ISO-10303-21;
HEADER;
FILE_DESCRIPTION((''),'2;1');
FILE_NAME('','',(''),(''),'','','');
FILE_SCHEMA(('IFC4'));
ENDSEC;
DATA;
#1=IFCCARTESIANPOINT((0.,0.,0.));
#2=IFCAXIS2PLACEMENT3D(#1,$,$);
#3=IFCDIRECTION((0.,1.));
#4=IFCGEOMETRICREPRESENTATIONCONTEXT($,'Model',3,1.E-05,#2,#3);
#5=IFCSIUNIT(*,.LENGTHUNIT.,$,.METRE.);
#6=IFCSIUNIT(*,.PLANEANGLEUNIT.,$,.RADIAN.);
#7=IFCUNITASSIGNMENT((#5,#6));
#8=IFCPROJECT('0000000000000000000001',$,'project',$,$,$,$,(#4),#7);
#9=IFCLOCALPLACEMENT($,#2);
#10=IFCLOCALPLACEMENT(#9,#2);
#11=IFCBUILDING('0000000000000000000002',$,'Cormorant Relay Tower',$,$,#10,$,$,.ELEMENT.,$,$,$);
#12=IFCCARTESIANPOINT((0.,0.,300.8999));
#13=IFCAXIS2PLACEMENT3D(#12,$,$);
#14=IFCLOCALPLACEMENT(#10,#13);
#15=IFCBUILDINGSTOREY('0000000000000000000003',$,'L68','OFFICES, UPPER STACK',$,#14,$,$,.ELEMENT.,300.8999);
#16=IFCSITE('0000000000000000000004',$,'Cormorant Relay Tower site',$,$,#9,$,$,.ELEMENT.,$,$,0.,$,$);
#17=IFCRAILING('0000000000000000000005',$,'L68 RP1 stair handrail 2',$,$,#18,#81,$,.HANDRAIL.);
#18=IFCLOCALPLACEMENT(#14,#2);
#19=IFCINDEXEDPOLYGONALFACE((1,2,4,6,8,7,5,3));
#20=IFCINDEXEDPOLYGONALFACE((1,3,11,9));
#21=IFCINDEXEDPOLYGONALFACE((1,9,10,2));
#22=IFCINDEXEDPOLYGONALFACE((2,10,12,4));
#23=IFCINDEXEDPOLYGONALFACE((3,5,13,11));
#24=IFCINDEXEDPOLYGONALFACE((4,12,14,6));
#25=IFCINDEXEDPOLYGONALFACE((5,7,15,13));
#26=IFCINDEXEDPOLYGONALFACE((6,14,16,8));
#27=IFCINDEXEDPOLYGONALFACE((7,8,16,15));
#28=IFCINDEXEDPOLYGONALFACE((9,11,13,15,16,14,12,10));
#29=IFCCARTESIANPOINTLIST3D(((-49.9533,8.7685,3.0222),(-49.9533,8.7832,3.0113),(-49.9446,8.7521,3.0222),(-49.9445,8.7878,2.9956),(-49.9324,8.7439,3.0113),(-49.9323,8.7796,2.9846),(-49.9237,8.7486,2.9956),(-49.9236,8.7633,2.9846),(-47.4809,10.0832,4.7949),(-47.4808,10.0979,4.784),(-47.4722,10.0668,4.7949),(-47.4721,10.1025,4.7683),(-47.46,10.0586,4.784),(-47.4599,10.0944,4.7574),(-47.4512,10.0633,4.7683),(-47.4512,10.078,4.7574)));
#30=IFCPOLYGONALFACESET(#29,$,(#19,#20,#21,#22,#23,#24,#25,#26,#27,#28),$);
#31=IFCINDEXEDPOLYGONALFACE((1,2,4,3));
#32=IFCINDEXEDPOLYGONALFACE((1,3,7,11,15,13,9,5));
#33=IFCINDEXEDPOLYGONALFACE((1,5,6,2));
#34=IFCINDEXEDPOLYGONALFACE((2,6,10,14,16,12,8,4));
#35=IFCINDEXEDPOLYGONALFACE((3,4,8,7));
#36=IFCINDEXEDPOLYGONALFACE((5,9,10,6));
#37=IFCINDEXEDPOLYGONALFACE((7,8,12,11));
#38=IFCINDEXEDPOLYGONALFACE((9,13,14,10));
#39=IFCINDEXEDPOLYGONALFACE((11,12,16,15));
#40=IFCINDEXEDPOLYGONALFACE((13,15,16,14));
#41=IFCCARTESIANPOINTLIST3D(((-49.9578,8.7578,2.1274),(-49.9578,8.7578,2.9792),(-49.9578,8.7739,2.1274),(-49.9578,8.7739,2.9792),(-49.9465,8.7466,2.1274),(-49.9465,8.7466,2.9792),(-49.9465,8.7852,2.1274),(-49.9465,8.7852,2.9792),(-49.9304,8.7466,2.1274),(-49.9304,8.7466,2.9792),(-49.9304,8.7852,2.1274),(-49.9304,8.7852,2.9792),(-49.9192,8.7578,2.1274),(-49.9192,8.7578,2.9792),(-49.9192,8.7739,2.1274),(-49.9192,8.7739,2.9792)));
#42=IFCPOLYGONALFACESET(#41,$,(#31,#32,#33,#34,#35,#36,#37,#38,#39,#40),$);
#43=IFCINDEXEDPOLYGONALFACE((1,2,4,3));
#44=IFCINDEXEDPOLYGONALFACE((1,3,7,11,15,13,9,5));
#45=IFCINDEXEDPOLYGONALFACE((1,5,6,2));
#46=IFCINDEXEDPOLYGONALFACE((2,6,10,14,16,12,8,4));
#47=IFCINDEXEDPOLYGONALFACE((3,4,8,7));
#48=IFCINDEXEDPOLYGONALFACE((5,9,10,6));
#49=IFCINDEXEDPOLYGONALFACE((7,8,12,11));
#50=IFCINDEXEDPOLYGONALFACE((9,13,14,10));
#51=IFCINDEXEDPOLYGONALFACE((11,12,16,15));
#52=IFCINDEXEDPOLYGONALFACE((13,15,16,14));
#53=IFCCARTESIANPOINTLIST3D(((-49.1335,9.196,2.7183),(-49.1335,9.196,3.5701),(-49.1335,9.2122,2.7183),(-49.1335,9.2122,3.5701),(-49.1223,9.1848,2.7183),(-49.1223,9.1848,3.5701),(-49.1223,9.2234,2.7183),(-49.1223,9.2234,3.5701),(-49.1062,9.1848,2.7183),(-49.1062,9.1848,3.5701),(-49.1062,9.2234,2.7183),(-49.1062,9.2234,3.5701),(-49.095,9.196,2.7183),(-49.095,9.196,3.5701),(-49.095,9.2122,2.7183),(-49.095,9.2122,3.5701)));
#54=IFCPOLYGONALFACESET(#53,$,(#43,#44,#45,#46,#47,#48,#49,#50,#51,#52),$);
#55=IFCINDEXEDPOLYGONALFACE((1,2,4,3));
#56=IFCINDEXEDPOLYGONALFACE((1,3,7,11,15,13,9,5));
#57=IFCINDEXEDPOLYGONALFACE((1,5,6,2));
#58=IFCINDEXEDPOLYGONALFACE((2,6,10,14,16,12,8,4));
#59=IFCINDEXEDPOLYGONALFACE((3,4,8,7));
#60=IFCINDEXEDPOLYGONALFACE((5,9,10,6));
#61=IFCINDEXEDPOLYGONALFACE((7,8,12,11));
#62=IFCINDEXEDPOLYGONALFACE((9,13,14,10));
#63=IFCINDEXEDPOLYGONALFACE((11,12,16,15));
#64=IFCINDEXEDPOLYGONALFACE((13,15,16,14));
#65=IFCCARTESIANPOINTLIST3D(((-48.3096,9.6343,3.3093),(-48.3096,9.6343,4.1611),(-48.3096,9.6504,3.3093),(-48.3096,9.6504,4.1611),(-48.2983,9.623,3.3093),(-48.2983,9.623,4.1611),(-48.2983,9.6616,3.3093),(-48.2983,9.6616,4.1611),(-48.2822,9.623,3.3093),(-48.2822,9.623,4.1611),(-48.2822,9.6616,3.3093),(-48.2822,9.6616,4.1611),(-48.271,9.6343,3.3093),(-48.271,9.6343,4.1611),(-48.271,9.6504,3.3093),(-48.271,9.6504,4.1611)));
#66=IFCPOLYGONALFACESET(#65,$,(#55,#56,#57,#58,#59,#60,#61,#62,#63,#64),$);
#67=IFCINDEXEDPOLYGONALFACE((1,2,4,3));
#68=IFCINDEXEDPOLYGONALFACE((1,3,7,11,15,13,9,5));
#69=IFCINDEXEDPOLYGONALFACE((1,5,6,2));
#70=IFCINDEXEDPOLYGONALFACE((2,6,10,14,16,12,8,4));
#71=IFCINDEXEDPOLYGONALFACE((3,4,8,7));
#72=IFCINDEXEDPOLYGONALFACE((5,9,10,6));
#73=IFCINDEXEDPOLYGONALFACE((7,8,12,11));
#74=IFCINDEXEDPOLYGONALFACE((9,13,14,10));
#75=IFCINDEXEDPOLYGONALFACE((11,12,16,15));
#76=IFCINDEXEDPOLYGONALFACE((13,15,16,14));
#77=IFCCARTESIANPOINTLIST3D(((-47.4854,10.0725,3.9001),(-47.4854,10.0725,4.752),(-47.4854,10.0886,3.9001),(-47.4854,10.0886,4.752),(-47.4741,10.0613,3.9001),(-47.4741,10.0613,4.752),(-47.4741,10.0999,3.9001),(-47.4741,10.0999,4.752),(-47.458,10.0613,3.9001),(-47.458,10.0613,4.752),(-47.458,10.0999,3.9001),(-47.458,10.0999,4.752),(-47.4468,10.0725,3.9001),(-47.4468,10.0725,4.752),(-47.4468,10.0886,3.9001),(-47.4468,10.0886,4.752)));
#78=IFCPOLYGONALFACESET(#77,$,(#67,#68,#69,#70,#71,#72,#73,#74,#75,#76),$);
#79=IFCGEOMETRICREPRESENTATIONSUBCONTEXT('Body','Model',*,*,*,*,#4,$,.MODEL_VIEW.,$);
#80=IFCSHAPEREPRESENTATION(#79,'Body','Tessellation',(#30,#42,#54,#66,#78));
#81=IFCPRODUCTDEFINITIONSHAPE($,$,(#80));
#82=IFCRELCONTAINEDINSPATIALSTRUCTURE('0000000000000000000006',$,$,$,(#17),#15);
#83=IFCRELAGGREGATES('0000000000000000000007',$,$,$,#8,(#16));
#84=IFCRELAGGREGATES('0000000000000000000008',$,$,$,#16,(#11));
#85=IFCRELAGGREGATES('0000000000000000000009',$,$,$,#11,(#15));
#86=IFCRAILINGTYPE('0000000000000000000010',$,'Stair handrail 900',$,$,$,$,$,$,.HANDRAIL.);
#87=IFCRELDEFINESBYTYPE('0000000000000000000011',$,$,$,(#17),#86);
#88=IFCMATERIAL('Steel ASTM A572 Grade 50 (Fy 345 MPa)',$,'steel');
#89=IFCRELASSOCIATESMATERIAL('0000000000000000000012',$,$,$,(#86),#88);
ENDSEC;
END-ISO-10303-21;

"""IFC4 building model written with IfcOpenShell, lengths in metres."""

from ifc_helpers import new_model, si_unit, direction, frame, origin, place, context, subcontext, project, spatial, polyline, outline, extrude, material, type_object, element, save


model = new_model("IFC4")

# Units and contexts
model_context = context("Model", 3, precision=1e-05, world=origin(), true_north=direction((0.0, 1.0)))
body_context = subcontext(model_context, "Body", "Model", "MODEL_VIEW")
ifc_project = project(units=[si_unit("LENGTHUNIT", "METRE"), si_unit("PLANEANGLEUNIT", "RADIAN")], contexts=[model_context])

# Site, building, storey
site_placement = place(None, origin())
site = spatial("IfcSite", under=ifc_project, at=site_placement, Name="Cormorant Relay Tower site", CompositionType="ELEMENT", RefElevation=0.0)
building_placement = place(site_placement, origin())
building = spatial("IfcBuilding", under=site, at=building_placement, Name="Cormorant Relay Tower", CompositionType="ELEMENT")
storey_placement = place(building_placement, frame((0.0, 0.0, 300.8999)))
storey = spatial("IfcBuildingStorey", under=building, at=storey_placement, Name="L68", Description="OFFICES, UPPER STACK", CompositionType="ELEMENT", Elevation=300.8999)

# Railing
ifc_material_1 = material(Name="Steel ASTM A572 Grade 50 (Fy 345 MPa)", Category="steel")
railing_type_1 = type_object("IfcRailingType", Name="Stair handrail 900", PredefinedType="HANDRAIL", material=ifc_material_1)
railing_1_placement = place(storey_placement, frame((-49.9385, 8.7659, 2.1274)))
element("IfcRailing", 1, at=railing_1_placement, inside=storey, type_object=railing_type_1, Name="L68 RP1 stair handrail 2", PredefinedType="HANDRAIL", context=body_context, shape_type="SweptSolid", body=[
    extrude(outline(polyline([(0.0222, 0.0093), (0.0093, 0.0222), (-0.0093, 0.0222), (-0.0222, 0.0093), (-0.0222, -0.0093), (-0.0093, -0.0222), (0.0093, -0.0222), (0.0222, -0.0093), (0.0222, 0.0093)])), frame((0.0, 0.0, 0.876), z_axis=(0.746012, 0.39669, 0.534886), x_axis=(-0.469497, 0.882934, 0.0)), (0.0, 0.0, 1.0), 3.3142),
    extrude(outline(polyline([(0.0193, 0.0081), (0.0081, 0.0193), (-0.0081, 0.0193), (-0.0193, 0.0081), (-0.0193, -0.0081), (-0.0081, -0.0193), (0.0081, -0.0193), (0.0193, -0.0081), (0.0193, 0.0081)])), origin(), (0.0, 0.0, 1.0), 0.8518),
    extrude(outline(polyline([(0.0193, 0.0081), (0.0081, 0.0193), (-0.0081, 0.0193), (-0.0193, 0.0081), (-0.0193, -0.0081), (-0.0081, -0.0193), (0.0081, -0.0193), (0.0193, -0.0081), (0.0193, 0.0081)])), frame((0.8242, 0.4382, 0.5908)), (0.0, 0.0, 1.0), 0.8518),
    extrude(outline(polyline([(0.0193, 0.0081), (0.0081, 0.0193), (-0.0081, 0.0193), (-0.0193, 0.0081), (-0.0193, -0.0081), (-0.0081, -0.0193), (0.0081, -0.0193), (0.0193, -0.0081), (0.0193, 0.0081)])), frame((1.6482, 0.8765, 1.1819)), (0.0, 0.0, 1.0), 0.8518),
    extrude(outline(polyline([(0.0193, 0.0081), (0.0081, 0.0193), (-0.0081, 0.0193), (-0.0193, 0.0081), (-0.0193, -0.0081), (-0.0081, -0.0193), (0.0081, -0.0193), (0.0193, -0.0081), (0.0193, 0.0081)])), frame((2.4724, 1.3147, 1.7727)), (0.0, 0.0, 1.0), 0.8518),
])

save(model, "model.ifc")
